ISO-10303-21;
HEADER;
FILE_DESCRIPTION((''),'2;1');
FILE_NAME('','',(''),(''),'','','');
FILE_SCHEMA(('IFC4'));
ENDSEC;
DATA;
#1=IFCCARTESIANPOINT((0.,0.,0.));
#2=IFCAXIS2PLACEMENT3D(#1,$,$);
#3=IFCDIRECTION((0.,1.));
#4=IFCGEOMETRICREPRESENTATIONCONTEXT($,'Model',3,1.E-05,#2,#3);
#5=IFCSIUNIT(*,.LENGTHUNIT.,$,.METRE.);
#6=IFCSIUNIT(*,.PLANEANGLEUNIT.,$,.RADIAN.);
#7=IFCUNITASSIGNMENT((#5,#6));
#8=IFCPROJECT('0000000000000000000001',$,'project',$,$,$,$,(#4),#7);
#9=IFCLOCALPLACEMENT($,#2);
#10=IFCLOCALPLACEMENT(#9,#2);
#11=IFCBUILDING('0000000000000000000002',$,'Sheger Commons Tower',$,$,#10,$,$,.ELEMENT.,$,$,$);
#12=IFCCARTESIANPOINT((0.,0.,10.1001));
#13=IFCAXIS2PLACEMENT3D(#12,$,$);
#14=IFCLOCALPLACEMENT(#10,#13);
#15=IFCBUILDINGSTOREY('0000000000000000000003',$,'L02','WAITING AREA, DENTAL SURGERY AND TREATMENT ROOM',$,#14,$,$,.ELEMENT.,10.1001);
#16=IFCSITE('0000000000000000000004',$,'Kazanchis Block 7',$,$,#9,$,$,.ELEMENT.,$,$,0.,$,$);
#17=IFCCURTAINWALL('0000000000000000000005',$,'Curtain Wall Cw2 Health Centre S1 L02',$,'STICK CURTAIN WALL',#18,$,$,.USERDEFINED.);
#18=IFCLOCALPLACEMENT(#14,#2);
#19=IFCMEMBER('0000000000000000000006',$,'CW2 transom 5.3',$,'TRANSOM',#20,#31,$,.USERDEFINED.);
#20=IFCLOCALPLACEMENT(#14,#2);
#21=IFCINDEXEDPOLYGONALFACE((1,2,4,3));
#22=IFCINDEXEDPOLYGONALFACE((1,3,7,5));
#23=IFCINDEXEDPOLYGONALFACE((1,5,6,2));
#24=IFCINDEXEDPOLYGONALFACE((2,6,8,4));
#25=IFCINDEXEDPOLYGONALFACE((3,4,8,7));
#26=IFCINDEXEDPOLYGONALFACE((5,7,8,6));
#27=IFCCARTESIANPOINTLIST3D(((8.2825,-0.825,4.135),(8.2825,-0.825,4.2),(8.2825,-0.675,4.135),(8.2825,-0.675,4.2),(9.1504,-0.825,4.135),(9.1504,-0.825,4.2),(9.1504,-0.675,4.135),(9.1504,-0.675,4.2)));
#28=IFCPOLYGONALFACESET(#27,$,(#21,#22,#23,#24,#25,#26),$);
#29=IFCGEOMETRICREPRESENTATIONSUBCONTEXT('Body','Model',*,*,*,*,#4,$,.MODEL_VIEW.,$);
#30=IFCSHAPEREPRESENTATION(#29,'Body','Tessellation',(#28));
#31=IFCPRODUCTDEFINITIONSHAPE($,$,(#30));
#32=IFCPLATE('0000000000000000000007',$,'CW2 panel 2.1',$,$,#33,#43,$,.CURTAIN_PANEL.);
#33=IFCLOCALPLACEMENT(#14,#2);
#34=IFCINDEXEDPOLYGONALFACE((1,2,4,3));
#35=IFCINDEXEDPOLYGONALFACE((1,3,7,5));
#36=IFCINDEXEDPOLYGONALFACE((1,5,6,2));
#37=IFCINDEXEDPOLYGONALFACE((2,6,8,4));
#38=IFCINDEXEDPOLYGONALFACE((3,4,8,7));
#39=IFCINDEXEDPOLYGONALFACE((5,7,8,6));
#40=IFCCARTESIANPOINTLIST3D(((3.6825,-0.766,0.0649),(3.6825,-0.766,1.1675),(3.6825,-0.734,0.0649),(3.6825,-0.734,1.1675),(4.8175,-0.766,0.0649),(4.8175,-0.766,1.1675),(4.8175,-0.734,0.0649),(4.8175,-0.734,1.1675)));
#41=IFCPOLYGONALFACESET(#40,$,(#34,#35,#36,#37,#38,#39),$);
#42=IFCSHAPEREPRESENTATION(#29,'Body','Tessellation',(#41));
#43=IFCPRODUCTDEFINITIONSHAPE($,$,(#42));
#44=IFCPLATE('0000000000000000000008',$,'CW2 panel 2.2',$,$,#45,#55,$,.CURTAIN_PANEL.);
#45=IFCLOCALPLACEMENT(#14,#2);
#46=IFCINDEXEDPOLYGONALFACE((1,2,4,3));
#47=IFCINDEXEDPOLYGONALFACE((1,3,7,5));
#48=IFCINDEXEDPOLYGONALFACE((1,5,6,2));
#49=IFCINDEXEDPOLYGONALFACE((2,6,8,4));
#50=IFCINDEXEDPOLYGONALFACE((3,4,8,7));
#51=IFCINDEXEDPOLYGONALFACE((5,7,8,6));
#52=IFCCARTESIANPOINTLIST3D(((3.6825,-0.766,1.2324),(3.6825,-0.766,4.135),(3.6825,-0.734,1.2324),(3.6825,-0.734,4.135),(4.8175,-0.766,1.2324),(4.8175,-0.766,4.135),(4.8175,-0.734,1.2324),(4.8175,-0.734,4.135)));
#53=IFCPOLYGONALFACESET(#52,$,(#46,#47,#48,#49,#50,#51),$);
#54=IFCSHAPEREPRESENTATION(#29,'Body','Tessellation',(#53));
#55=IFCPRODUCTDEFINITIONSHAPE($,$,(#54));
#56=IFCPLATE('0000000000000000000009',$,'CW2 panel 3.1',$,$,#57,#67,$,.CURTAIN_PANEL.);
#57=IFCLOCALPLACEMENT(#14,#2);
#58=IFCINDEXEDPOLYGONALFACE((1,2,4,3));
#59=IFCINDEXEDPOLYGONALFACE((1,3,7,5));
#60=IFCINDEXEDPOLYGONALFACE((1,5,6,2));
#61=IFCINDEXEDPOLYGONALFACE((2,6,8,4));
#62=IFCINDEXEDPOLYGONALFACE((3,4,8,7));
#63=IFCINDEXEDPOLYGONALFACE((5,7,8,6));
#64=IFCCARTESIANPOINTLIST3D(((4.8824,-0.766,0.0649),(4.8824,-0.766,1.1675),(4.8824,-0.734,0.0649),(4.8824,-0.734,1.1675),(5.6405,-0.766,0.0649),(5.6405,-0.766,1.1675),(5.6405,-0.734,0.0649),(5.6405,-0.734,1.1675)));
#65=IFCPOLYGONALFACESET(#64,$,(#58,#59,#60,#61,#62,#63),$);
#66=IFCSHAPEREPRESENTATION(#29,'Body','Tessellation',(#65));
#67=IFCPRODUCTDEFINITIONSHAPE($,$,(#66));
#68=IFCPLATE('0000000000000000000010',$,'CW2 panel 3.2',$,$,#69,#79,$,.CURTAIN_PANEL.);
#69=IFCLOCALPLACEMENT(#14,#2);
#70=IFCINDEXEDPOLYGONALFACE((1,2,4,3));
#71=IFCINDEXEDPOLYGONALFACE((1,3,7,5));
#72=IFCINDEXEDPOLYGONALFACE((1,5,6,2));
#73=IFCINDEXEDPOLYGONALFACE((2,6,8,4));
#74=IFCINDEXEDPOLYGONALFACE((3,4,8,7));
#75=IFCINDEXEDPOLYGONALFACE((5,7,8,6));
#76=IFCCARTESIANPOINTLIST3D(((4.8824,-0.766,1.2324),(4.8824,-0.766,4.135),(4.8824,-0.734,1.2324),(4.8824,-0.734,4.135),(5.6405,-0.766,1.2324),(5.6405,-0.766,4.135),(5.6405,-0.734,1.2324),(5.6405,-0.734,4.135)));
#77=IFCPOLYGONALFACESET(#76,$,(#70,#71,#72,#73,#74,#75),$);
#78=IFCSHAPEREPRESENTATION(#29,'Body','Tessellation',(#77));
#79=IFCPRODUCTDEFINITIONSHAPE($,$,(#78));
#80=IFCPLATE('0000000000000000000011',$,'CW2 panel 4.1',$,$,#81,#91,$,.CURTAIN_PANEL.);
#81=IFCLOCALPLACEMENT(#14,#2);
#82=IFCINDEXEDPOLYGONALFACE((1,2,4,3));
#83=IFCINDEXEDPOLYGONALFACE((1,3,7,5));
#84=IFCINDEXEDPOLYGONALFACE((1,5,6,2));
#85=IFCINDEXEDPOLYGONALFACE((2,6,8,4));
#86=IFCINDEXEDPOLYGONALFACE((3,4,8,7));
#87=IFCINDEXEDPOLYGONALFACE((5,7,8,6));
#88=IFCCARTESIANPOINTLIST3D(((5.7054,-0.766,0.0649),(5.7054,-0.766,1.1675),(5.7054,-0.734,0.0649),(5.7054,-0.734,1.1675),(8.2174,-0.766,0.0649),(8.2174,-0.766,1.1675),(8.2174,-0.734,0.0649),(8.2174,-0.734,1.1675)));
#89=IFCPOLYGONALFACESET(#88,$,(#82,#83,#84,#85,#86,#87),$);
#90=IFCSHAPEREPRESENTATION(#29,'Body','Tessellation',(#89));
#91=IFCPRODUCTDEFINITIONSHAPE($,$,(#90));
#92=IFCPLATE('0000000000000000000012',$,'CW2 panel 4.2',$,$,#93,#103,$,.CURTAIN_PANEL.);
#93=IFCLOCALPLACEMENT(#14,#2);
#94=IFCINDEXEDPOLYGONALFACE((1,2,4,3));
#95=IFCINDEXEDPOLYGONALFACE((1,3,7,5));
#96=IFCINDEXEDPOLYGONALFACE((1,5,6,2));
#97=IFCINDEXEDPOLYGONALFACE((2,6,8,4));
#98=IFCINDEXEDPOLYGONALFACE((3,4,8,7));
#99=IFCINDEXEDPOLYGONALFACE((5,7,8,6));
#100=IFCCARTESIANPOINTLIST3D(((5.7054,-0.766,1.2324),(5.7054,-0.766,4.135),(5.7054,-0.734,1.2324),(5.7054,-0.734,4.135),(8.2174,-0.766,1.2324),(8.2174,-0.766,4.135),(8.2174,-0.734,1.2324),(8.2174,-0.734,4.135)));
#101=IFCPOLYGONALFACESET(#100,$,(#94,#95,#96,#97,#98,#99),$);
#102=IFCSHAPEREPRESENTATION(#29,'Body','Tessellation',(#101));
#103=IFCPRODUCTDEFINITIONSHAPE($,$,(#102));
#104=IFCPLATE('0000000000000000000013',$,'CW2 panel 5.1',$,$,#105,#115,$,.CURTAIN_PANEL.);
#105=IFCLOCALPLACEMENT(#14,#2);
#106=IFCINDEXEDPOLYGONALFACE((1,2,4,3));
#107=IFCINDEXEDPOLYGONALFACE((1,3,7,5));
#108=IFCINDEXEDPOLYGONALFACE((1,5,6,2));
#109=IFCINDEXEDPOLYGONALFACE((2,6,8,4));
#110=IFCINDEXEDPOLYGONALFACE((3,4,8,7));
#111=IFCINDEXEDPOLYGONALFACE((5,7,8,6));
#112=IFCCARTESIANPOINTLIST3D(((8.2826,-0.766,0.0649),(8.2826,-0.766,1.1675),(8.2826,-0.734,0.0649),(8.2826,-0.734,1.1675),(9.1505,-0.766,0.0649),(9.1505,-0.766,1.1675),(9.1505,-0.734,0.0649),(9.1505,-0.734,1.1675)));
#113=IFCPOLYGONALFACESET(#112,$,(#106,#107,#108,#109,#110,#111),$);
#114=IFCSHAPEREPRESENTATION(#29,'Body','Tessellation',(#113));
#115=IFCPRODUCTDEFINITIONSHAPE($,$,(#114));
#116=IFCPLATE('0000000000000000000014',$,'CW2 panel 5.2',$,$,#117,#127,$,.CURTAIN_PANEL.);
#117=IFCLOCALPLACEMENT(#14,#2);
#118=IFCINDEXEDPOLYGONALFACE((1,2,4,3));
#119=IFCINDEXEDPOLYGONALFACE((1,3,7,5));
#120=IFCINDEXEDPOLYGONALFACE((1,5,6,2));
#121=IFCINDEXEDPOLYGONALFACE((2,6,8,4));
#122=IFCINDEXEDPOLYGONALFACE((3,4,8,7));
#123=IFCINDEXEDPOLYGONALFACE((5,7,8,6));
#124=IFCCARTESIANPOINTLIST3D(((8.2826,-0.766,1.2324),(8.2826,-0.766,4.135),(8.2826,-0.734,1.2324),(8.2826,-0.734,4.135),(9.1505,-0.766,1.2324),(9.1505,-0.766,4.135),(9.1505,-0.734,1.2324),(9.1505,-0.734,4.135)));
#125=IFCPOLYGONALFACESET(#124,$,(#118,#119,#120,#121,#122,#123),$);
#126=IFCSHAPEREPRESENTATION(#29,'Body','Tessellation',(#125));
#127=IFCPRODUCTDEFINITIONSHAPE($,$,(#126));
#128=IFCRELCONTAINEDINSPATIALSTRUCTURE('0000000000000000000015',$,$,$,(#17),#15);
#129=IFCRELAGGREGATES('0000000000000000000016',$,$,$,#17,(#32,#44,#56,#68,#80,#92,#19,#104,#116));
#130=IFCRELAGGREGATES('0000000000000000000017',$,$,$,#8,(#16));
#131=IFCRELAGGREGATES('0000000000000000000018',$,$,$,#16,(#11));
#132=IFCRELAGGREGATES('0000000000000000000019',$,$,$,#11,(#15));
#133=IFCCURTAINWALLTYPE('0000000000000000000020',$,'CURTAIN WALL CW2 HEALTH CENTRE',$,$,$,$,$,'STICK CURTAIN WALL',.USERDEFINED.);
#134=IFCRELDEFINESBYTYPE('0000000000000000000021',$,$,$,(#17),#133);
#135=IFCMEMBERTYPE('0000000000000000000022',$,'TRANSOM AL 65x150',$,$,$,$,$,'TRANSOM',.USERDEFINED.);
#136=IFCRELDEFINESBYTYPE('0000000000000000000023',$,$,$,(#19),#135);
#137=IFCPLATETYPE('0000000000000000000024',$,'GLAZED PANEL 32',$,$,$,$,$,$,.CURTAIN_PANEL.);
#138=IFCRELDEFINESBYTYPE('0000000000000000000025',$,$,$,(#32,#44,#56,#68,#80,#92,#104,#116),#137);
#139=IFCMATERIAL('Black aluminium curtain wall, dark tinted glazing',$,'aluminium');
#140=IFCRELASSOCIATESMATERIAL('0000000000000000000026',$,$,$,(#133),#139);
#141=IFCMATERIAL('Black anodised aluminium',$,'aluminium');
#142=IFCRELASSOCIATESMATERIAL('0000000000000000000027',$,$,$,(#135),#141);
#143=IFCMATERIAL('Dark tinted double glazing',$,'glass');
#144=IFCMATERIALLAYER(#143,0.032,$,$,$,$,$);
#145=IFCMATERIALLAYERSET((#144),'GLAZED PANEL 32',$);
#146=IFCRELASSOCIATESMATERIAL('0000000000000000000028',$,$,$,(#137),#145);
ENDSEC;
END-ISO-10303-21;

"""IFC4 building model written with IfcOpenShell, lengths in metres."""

from ifc_helpers import new_model, si_unit, direction, frame, origin, origin_2d, place, context, subcontext, project, spatial, rectangle, extrude, material, layer, layer_set, material_profile, profile_set, type_object, element, aggregate, save


model = new_model("IFC4")

# Units and contexts
model_context = context("Model", 3, precision=1e-05, world=origin(), true_north=direction((0.0, 1.0)))
body_context = subcontext(model_context, "Body", "Model", "MODEL_VIEW")
ifc_project = project(units=[si_unit("LENGTHUNIT", "METRE"), si_unit("PLANEANGLEUNIT", "RADIAN")], contexts=[model_context])

# Site, building, storey
site_placement = place(None, origin())
site = spatial("IfcSite", under=ifc_project, at=site_placement, Name="Kazanchis Block 7", CompositionType="ELEMENT", RefElevation=0.0)
building_placement = place(site_placement, origin())
building = spatial("IfcBuilding", under=site, at=building_placement, Name="Sheger Commons Tower", CompositionType="ELEMENT")
storey_placement = place(building_placement, frame((0.0, 0.0, 10.1001)))
storey = spatial("IfcBuildingStorey", under=building, at=storey_placement, Name="L02", Description="WAITING AREA, DENTAL SURGERY AND TREATMENT ROOM", CompositionType="ELEMENT", Elevation=10.1001)

# Curtain wall, member, plates
ifc_material_1 = material(Name="Black aluminium curtain wall, dark tinted glazing", Category="aluminium")
curtain_wall_type = type_object("IfcCurtainWallType", Name="CURTAIN WALL CW2 HEALTH CENTRE", ElementType="STICK CURTAIN WALL", PredefinedType="USERDEFINED", material=ifc_material_1)
curtain_wall_placement = place(storey_placement, origin())
curtain_wall = element("IfcCurtainWall", 1, at=curtain_wall_placement, inside=storey, type_object=curtain_wall_type, Name="Curtain Wall Cw2 Health Centre S1 L02", ObjectType="STICK CURTAIN WALL", PredefinedType="USERDEFINED")
ifc_material_2 = material(Name="Black anodised aluminium", Category="aluminium")
ifc_material_profile_1 = material_profile(ifc_material_2, rectangle(XDim=0.1499, YDim=0.0649, at=origin_2d()), Name="AL 65x150")
ifc_profile_set_1 = profile_set([ifc_material_profile_1], Name="Black anodised aluminium")
member_type_1 = type_object("IfcMemberType", Name="TRANSOM AL 65x150", ElementType="TRANSOM", PredefinedType="USERDEFINED", material=ifc_profile_set_1)
member_1_placement = place(storey_placement, frame((8.2825, -0.75, 4.1675), z_axis=(1.0, 0.0, 0.0), x_axis=(0.0, 1.0, 0.0)))
member_1 = element("IfcMember", 2, at=member_1_placement, type_object=member_type_1, Name="CW2 transom 5.3", ObjectType="TRANSOM", PredefinedType="USERDEFINED", context=body_context, shape_type="SweptSolid", body=[
    extrude(rectangle(XDim=0.1499, YDim=0.0649, at=origin_2d()), origin(), (0.0, 0.0, 1.0), 0.8679),
])
ifc_material_3 = material(Name="Dark tinted double glazing", Category="glass")
ifc_layer = layer(ifc_material_3, 0.032)
ifc_layer_set = layer_set([ifc_layer], Name="GLAZED PANEL 32")
plate_type = type_object("IfcPlateType", Name="GLAZED PANEL 32", PredefinedType="CURTAIN_PANEL", material=ifc_layer_set)
plate_1_placement = place(storey_placement, frame((4.25, -0.75, 0.0649), z_axis=(0.0, 0.0, 1.0), x_axis=(1.0, 0.0, 0.0)))
plate_1 = element("IfcPlate", 3, at=plate_1_placement, type_object=plate_type, Name="CW2 panel 2.1", PredefinedType="CURTAIN_PANEL", context=body_context, shape_type="SweptSolid", body=[
    extrude(rectangle(XDim=1.135, YDim=0.032, at=origin_2d()), origin(), (0.0, 0.0, 1.0), 1.1025),
])
plate_2_placement = place(storey_placement, frame((4.25, -0.75, 1.2324), z_axis=(0.0, 0.0, 1.0), x_axis=(1.0, 0.0, 0.0)))
plate_2 = element("IfcPlate", 4, at=plate_2_placement, type_object=plate_type, Name="CW2 panel 2.2", PredefinedType="CURTAIN_PANEL", context=body_context, shape_type="SweptSolid", body=[
    extrude(rectangle(XDim=1.135, YDim=0.032, at=origin_2d()), origin(), (0.0, 0.0, 1.0), 2.9026),
])
plate_3_placement = place(storey_placement, frame((5.2615, -0.75, 0.0649), z_axis=(0.0, 0.0, 1.0), x_axis=(1.0, 0.0, 0.0)))
plate_3 = element("IfcPlate", 5, at=plate_3_placement, type_object=plate_type, Name="CW2 panel 3.1", PredefinedType="CURTAIN_PANEL", context=body_context, shape_type="SweptSolid", body=[
    extrude(rectangle(XDim=0.7581, YDim=0.032, at=origin_2d()), origin(), (0.0, 0.0, 1.0), 1.1025),
])
plate_4_placement = place(storey_placement, frame((5.2615, -0.75, 1.2324), z_axis=(0.0, 0.0, 1.0), x_axis=(1.0, 0.0, 0.0)))
plate_4 = element("IfcPlate", 6, at=plate_4_placement, type_object=plate_type, Name="CW2 panel 3.2", PredefinedType="CURTAIN_PANEL", context=body_context, shape_type="SweptSolid", body=[
    extrude(rectangle(XDim=0.7581, YDim=0.032, at=origin_2d()), origin(), (0.0, 0.0, 1.0), 2.9026),
])
plate_5_placement = place(storey_placement, frame((6.9614, -0.75, 0.0649), z_axis=(0.0, 0.0, 1.0), x_axis=(1.0, 0.0, 0.0)))
plate_5 = element("IfcPlate", 7, at=plate_5_placement, type_object=plate_type, Name="CW2 panel 4.1", PredefinedType="CURTAIN_PANEL", context=body_context, shape_type="SweptSolid", body=[
    extrude(rectangle(XDim=2.512, YDim=0.032, at=origin_2d()), origin(), (0.0, 0.0, 1.0), 1.1025),
])
plate_6_placement = place(storey_placement, frame((6.9614, -0.75, 1.2324), z_axis=(0.0, 0.0, 1.0), x_axis=(1.0, 0.0, 0.0)))
plate_6 = element("IfcPlate", 8, at=plate_6_placement, type_object=plate_type, Name="CW2 panel 4.2", PredefinedType="CURTAIN_PANEL", context=body_context, shape_type="SweptSolid", body=[
    extrude(rectangle(XDim=2.512, YDim=0.032, at=origin_2d()), origin(), (0.0, 0.0, 1.0), 2.9026),
])
plate_7_placement = place(storey_placement, frame((8.7166, -0.75, 0.0649), z_axis=(0.0, 0.0, 1.0), x_axis=(1.0, 0.0, 0.0)))
plate_7 = element("IfcPlate", 9, at=plate_7_placement, type_object=plate_type, Name="CW2 panel 5.1", PredefinedType="CURTAIN_PANEL", context=body_context, shape_type="SweptSolid", body=[
    extrude(rectangle(XDim=0.8679, YDim=0.032, at=origin_2d()), origin(), (0.0, 0.0, 1.0), 1.1025),
])
plate_8_placement = place(storey_placement, frame((8.7166, -0.75, 1.2324), z_axis=(0.0, 0.0, 1.0), x_axis=(1.0, 0.0, 0.0)))
plate_8 = element("IfcPlate", 10, at=plate_8_placement, type_object=plate_type, Name="CW2 panel 5.2", PredefinedType="CURTAIN_PANEL", context=body_context, shape_type="SweptSolid", body=[
    extrude(rectangle(XDim=0.8679, YDim=0.032, at=origin_2d()), origin(), (0.0, 0.0, 1.0), 2.9026),
])
aggregate(curtain_wall, [plate_1, plate_2, plate_3, plate_4, plate_5, plate_6, member_1, plate_7, plate_8])

save(model, "model.ifc")
